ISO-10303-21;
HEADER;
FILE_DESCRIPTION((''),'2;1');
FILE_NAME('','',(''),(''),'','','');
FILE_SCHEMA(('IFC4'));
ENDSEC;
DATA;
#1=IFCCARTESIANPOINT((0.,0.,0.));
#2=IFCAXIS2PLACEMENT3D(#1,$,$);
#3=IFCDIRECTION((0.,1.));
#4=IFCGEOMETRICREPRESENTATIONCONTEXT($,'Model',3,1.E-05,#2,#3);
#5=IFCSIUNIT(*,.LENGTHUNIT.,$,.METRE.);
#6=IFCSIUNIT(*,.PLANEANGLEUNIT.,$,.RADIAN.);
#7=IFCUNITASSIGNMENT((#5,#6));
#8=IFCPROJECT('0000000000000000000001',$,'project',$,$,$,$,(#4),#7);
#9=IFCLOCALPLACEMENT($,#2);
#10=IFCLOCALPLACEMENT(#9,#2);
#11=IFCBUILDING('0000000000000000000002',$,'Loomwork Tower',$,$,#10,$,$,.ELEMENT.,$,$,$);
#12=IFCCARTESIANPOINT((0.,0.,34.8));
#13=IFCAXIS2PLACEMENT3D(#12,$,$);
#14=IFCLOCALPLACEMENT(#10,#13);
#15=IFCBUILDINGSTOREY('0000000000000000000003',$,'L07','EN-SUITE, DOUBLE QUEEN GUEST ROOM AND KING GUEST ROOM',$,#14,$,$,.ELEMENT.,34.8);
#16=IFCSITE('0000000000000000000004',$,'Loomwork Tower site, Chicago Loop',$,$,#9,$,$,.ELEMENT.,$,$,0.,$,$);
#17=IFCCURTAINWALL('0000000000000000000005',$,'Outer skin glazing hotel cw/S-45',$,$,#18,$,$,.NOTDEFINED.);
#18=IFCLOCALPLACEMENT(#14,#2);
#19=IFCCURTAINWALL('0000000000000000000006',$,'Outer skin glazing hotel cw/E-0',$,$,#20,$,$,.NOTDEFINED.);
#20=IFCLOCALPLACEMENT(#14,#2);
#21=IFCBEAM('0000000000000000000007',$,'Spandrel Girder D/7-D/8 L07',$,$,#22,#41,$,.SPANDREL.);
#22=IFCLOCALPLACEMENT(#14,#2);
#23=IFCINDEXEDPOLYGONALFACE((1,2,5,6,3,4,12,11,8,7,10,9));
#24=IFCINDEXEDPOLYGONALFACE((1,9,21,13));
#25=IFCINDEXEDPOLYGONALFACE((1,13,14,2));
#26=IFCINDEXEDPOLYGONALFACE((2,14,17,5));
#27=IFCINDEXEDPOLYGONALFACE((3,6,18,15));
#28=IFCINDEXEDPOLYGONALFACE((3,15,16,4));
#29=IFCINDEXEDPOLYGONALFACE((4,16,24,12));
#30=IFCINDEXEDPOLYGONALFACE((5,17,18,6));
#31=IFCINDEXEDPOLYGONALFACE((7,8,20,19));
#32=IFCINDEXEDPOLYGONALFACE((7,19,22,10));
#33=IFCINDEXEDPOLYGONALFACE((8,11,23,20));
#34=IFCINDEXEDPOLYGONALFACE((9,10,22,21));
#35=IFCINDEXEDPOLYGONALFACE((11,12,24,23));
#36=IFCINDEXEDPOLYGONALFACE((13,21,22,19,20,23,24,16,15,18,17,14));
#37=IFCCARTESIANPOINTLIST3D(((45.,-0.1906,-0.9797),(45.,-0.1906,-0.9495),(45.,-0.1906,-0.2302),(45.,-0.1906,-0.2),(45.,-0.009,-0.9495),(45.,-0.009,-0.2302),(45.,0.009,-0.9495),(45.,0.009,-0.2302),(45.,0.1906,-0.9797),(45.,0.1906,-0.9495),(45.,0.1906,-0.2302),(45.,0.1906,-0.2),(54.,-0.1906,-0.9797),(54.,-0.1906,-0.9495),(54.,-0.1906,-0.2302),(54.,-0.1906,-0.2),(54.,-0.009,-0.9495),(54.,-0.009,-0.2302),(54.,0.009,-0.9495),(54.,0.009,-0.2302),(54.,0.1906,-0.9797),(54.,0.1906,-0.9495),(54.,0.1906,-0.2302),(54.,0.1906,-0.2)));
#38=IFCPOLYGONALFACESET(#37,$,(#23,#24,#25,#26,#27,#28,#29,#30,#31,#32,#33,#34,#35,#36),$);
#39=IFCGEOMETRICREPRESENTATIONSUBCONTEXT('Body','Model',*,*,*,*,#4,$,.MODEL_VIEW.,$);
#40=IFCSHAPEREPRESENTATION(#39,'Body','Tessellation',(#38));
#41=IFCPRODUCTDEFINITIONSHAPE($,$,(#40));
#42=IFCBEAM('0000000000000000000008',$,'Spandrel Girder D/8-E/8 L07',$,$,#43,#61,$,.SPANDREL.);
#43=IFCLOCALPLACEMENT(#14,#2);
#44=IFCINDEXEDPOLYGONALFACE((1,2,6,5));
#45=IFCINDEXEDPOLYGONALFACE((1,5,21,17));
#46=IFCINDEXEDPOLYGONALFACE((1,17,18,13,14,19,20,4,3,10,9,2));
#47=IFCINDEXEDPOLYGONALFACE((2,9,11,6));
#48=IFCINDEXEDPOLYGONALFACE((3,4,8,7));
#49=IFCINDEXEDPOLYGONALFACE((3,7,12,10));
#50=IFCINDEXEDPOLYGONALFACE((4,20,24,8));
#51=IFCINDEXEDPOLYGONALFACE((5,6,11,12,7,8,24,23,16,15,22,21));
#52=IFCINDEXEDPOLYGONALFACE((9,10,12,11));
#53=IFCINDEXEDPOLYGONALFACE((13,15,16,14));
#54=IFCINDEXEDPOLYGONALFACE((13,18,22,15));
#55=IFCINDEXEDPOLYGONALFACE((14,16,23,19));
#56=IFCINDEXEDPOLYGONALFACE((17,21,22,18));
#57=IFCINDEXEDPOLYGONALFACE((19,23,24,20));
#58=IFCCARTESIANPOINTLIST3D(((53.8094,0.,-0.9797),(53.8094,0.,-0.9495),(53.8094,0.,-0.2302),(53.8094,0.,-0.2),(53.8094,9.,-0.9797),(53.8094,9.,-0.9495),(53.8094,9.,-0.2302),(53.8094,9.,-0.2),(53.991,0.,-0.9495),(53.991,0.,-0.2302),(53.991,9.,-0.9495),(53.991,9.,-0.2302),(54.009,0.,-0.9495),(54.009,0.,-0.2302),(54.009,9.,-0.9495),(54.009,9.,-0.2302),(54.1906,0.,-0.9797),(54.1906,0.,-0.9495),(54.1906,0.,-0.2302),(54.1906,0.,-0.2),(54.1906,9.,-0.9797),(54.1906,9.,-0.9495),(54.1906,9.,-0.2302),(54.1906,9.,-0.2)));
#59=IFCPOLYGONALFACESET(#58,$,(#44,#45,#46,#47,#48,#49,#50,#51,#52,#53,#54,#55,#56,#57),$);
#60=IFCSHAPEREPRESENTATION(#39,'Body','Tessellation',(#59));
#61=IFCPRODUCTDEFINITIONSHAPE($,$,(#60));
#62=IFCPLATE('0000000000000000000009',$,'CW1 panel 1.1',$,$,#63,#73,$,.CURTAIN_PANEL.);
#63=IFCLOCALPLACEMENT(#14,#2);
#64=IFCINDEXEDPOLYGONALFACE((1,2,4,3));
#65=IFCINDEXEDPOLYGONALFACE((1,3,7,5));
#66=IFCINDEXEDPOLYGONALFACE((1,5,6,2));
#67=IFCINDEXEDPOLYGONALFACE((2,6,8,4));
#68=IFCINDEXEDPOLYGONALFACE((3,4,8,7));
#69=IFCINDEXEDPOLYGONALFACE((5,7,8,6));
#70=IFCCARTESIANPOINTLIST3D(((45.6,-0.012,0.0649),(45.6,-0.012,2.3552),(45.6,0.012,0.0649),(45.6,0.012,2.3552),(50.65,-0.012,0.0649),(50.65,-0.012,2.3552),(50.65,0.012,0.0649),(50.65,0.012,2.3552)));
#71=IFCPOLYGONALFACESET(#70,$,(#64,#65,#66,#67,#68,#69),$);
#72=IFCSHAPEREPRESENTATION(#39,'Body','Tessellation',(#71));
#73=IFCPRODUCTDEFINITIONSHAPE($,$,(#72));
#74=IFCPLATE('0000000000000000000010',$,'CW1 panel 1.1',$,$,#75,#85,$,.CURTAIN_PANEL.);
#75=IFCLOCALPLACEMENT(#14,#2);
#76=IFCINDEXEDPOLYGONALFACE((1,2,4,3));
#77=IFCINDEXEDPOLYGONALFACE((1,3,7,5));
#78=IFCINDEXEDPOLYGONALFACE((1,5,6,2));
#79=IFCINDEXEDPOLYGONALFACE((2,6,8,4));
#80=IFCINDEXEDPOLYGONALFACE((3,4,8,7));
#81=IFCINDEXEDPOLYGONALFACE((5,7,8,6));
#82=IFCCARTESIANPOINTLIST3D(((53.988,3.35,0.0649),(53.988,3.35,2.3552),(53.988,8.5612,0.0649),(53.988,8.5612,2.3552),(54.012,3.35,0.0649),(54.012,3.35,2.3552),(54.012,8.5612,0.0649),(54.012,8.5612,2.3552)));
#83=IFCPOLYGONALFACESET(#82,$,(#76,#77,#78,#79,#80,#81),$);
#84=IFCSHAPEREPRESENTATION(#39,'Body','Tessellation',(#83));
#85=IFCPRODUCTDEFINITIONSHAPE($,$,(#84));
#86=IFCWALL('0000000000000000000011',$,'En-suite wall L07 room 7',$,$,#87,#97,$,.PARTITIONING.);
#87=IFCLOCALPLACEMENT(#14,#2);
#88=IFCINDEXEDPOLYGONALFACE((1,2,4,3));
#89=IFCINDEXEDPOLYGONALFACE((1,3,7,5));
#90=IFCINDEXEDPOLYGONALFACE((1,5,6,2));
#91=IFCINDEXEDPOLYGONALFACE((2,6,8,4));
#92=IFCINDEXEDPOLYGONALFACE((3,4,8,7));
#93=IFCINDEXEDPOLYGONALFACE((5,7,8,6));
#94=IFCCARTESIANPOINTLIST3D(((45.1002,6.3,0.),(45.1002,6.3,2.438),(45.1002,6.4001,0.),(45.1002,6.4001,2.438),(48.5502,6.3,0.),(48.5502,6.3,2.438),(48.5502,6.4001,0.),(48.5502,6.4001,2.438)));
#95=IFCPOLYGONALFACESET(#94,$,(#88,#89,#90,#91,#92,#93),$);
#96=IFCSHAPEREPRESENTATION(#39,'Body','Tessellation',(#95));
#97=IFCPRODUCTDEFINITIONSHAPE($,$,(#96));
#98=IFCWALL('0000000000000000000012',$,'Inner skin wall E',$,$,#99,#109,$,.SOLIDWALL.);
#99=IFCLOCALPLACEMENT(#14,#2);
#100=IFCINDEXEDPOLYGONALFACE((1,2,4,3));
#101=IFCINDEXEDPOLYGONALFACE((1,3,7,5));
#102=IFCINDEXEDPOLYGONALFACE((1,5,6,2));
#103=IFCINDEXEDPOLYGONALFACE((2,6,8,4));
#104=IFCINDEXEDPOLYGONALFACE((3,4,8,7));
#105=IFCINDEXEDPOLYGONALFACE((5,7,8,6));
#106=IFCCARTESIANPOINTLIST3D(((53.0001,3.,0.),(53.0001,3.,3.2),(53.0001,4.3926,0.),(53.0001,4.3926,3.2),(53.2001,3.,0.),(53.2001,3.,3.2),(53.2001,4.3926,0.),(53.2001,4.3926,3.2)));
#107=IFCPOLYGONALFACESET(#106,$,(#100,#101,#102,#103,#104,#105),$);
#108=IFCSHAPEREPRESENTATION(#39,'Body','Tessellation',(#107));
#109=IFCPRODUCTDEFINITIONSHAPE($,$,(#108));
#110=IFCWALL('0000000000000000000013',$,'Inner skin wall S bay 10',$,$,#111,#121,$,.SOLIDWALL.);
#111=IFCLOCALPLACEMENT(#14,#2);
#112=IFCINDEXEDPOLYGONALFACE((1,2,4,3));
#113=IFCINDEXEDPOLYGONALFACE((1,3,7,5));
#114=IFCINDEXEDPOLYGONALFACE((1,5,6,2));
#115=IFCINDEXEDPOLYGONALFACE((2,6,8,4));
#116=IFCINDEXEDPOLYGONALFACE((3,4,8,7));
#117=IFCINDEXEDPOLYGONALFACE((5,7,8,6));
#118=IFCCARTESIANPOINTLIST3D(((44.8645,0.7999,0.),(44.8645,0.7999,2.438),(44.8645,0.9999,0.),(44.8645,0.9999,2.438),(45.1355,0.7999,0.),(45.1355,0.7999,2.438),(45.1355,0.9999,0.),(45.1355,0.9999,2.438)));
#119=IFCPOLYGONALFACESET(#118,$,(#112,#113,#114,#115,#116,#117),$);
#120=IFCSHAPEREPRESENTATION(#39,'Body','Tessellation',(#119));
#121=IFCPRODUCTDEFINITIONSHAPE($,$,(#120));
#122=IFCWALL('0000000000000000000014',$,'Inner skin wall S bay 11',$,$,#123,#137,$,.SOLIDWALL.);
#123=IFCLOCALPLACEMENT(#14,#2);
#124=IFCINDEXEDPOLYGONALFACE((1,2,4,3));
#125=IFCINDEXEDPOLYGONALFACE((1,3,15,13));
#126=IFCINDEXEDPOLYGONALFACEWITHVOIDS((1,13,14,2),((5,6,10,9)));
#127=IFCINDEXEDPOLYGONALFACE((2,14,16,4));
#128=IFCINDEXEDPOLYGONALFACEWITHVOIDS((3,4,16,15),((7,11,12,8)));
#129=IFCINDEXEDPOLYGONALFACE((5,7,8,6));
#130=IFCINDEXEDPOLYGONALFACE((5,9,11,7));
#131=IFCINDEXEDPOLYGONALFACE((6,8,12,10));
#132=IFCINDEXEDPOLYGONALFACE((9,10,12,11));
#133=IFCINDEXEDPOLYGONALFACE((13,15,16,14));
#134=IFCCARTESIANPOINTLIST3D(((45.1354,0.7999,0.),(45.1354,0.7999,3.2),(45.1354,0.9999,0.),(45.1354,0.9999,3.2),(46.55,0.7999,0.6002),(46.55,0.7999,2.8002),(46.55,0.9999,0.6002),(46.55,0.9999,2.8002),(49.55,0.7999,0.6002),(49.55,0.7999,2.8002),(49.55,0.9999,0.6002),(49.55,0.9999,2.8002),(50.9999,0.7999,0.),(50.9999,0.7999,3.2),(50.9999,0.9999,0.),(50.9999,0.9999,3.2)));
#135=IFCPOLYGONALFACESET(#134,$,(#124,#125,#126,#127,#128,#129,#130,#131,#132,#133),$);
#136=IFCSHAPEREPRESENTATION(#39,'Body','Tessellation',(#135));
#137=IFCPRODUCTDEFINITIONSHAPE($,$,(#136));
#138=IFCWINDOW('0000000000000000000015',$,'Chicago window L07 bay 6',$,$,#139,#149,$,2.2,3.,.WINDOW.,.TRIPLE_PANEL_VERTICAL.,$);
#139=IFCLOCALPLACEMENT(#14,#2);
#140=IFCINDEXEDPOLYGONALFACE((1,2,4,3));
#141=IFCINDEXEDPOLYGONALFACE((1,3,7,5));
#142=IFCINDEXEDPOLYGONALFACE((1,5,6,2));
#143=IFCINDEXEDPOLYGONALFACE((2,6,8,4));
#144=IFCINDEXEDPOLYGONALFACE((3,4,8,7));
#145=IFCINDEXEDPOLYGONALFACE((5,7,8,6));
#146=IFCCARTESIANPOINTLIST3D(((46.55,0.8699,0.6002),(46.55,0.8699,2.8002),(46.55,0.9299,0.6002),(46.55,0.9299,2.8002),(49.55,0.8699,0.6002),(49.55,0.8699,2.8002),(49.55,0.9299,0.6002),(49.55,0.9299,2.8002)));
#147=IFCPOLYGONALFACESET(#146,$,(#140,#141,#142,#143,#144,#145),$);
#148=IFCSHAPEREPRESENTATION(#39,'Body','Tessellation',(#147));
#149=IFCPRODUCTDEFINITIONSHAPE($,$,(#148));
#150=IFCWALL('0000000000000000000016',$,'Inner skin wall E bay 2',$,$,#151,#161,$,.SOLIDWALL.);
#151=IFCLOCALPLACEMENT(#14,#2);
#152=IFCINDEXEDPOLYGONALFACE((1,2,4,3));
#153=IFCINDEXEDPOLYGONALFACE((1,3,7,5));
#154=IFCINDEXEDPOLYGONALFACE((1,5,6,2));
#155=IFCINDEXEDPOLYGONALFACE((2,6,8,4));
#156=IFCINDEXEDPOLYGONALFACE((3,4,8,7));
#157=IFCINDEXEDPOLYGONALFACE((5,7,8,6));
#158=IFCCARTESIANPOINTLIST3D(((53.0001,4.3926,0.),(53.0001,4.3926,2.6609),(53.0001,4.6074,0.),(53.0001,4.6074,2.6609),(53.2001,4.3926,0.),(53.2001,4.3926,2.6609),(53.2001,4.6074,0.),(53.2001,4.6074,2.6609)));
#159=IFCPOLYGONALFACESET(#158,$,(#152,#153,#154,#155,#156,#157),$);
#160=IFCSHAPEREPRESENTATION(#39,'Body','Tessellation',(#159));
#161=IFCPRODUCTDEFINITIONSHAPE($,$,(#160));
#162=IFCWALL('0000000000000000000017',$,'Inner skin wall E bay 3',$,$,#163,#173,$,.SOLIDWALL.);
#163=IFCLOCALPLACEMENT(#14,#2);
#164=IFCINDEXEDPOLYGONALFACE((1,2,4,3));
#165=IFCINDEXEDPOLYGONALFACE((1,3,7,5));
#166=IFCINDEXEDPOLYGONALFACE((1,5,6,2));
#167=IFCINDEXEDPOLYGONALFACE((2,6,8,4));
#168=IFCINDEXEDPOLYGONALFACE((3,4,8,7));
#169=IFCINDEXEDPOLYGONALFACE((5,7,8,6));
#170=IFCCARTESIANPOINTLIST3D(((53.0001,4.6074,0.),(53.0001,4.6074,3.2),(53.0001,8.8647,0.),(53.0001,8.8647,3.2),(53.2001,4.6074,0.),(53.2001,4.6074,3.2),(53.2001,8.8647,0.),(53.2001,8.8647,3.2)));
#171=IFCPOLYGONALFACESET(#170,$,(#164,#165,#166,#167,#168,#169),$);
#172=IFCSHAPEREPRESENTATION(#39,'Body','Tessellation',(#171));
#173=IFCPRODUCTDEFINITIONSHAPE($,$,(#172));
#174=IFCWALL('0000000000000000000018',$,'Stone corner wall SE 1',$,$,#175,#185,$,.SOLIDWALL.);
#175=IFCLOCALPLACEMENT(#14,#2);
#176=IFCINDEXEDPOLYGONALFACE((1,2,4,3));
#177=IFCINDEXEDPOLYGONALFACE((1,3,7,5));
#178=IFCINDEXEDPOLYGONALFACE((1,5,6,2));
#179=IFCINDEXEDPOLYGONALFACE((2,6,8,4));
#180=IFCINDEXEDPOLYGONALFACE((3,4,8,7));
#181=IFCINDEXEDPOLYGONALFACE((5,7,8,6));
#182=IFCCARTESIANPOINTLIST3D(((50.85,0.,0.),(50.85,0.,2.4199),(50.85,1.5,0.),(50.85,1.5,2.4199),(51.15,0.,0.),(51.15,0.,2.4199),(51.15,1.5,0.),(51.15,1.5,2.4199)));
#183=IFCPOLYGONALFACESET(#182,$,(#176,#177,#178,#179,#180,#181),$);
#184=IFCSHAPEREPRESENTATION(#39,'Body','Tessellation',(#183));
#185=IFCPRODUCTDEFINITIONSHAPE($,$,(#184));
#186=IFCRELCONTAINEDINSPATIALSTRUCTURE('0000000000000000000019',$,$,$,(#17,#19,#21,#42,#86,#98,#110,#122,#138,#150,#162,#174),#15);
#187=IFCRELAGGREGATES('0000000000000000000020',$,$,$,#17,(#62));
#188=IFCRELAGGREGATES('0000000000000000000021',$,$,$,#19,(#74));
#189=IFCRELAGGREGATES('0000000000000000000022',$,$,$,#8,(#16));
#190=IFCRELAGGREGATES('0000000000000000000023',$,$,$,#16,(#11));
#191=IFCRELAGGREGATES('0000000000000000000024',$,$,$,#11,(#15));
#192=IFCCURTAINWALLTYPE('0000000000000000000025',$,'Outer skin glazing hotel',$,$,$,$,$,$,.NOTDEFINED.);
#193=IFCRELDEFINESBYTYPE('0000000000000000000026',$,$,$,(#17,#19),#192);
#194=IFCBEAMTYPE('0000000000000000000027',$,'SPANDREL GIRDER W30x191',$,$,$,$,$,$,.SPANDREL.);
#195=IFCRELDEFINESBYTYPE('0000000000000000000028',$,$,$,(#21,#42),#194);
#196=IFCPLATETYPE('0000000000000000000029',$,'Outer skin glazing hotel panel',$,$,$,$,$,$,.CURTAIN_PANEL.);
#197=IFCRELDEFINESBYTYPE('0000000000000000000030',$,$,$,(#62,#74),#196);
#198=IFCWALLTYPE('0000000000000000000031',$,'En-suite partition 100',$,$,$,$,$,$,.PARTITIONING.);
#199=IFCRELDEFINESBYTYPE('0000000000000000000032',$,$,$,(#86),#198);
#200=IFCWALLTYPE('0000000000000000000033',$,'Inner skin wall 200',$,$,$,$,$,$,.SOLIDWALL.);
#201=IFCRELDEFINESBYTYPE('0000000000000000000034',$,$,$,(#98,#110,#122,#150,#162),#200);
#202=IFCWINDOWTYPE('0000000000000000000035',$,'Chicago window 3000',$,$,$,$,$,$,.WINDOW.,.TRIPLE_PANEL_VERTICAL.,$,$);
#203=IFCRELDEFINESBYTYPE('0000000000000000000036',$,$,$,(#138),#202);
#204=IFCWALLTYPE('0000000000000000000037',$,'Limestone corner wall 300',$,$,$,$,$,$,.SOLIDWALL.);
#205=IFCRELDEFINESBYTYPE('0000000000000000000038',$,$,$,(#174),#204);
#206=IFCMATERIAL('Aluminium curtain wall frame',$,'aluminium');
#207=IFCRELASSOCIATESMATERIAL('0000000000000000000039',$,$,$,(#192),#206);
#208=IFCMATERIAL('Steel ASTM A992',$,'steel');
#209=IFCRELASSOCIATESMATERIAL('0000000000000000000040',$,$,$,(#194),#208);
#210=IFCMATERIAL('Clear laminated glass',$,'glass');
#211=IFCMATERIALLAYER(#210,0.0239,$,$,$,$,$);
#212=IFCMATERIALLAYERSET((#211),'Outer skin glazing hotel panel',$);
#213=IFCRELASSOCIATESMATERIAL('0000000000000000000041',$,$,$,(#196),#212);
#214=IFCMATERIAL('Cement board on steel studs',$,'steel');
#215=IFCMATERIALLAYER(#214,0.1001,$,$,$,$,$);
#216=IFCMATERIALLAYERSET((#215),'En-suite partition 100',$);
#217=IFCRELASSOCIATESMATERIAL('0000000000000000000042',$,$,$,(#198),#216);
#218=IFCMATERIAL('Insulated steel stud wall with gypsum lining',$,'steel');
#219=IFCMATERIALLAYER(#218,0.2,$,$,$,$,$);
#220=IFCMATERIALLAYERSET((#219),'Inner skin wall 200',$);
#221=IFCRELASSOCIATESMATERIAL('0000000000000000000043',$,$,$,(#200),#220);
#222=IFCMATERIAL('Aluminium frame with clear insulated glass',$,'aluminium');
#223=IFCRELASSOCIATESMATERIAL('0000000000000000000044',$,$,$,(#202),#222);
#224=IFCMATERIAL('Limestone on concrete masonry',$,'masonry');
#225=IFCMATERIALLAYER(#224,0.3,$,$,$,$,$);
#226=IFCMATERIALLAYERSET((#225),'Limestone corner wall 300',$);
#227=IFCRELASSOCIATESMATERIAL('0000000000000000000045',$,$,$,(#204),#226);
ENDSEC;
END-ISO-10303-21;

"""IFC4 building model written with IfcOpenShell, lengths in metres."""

from ifc_helpers import new_model, si_unit, direction, frame, frame_2d, origin, origin_2d, place, context, subcontext, project, spatial, rectangle, i_section, extrude, material, layer, layer_set, material_profile, profile_set, type_object, element, fill, aggregate, save


model = new_model("IFC4")

# Units and contexts
model_context = context("Model", 3, precision=1e-05, world=origin(), true_north=direction((0.0, 1.0)))
body_context = subcontext(model_context, "Body", "Model", "MODEL_VIEW")
ifc_project = project(units=[si_unit("LENGTHUNIT", "METRE"), si_unit("PLANEANGLEUNIT", "RADIAN")], contexts=[model_context])

# Site, building, storey
site_placement = place(None, origin())
site = spatial("IfcSite", under=ifc_project, at=site_placement, Name="Loomwork Tower site, Chicago Loop", CompositionType="ELEMENT", RefElevation=0.0)
building_placement = place(site_placement, origin())
building = spatial("IfcBuilding", under=site, at=building_placement, Name="Loomwork Tower", CompositionType="ELEMENT")
storey_placement = place(building_placement, frame((0.0, 0.0, 34.8)))
storey = spatial("IfcBuildingStorey", under=building, at=storey_placement, Name="L07", Description="EN-SUITE, DOUBLE QUEEN GUEST ROOM AND KING GUEST ROOM", CompositionType="ELEMENT", Elevation=34.8)

# Shared definitions
ifc_material_1 = material(Name="Aluminium curtain wall frame", Category="aluminium")
curtain_wall_type = type_object("IfcCurtainWallType", Name="Outer skin glazing hotel", PredefinedType="NOTDEFINED", material=ifc_material_1)

# Curtain wall
curtain_wall_1_placement = place(storey_placement, origin())
curtain_wall_1 = element("IfcCurtainWall", 1, at=curtain_wall_1_placement, inside=storey, type_object=curtain_wall_type, Name="Outer skin glazing hotel cw/S-45", PredefinedType="NOTDEFINED")

# Curtain wall
curtain_wall_2_placement = place(storey_placement, origin())
curtain_wall_2 = element("IfcCurtainWall", 2, at=curtain_wall_2_placement, inside=storey, type_object=curtain_wall_type, Name="Outer skin glazing hotel cw/E-0", PredefinedType="NOTDEFINED")

# Beams
ifc_material_2 = material(Name="Steel ASTM A992", Category="steel")
ifc_material_profile_1 = material_profile(ifc_material_2, i_section(OverallWidth=0.3811, OverallDepth=0.7798, WebThickness=0.0181, FlangeThickness=0.0303, at=origin_2d()), Name="W30x191")
ifc_profile_set_1 = profile_set([ifc_material_profile_1], Name="Steel ASTM A992")
beam_type_1 = type_object("IfcBeamType", Name="SPANDREL GIRDER W30x191", PredefinedType="SPANDREL", material=ifc_profile_set_1)
for number, where, z_axis, x_axis, name in (
    (3, (45.0, 0.0, -0.5898), (1.0, 0.0, 0.0), (0.0, 1.0, 0.0), "Spandrel Girder D/7-D/8 L07"),
    (4, (54.0, 0.0, -0.5898), (0.0, 1.0, 0.0), (-1.0, 0.0, 0.0), "Spandrel Girder D/8-E/8 L07"),
):
    element("IfcBeam", number, at=place(storey_placement, frame(where, z_axis=z_axis, x_axis=x_axis)), inside=storey, type_object=beam_type_1, Name=name, PredefinedType="SPANDREL", context=body_context, shape_type="SweptSolid", body=[
        extrude(i_section(OverallWidth=0.3811, OverallDepth=0.7798, WebThickness=0.0181, FlangeThickness=0.0303, at=origin_2d()), origin(), (0.0, 0.0, 1.0), 9.0),
    ])

# Plates
ifc_material_3 = material(Name="Clear laminated glass", Category="glass")
ifc_layer_1 = layer(ifc_material_3, 0.0239)
ifc_layer_set_1 = layer_set([ifc_layer_1], Name="Outer skin glazing hotel panel")
plate_type = type_object("IfcPlateType", Name="Outer skin glazing hotel panel", PredefinedType="CURTAIN_PANEL", material=ifc_layer_set_1)
plate_1_placement = place(storey_placement, frame((48.125, 0.0, 0.0649), z_axis=(0.0, 0.0, 1.0), x_axis=(1.0, 0.0, 0.0)))
plate_1 = element("IfcPlate", 5, at=plate_1_placement, type_object=plate_type, Name="CW1 panel 1.1", PredefinedType="CURTAIN_PANEL", context=body_context, shape_type="SweptSolid", body=[
    extrude(rectangle(XDim=5.05, YDim=0.0239, at=origin_2d()), origin(), (0.0, 0.0, 1.0), 2.2903),
])
aggregate(curtain_wall_1, [plate_1])
plate_2_placement = place(storey_placement, frame((54.0, 5.9556, 0.0649), z_axis=(0.0, 0.0, 1.0), x_axis=(0.0, 1.0, 0.0)))
plate_2 = element("IfcPlate", 6, at=plate_2_placement, type_object=plate_type, Name="CW1 panel 1.1", PredefinedType="CURTAIN_PANEL", context=body_context, shape_type="SweptSolid", body=[
    extrude(rectangle(XDim=5.2112, YDim=0.0239, at=origin_2d()), origin(), (0.0, 0.0, 1.0), 2.2903),
])
aggregate(curtain_wall_2, [plate_2])

# Walls
ifc_material_4 = material(Name="Cement board on steel studs", Category="steel")
ifc_layer_2 = layer(ifc_material_4, 0.1001)
ifc_layer_set_2 = layer_set([ifc_layer_2], Name="En-suite partition 100")
wall_type_1 = type_object("IfcWallType", Name="En-suite partition 100", PredefinedType="PARTITIONING", material=ifc_layer_set_2)
wall_1_placement = place(storey_placement, frame((45.1001, 6.3501, 0.0), z_axis=(0.0, 0.0, 1.0), x_axis=(1.0, 0.0, 0.0)))
element("IfcWall", 7, at=wall_1_placement, inside=storey, type_object=wall_type_1, Name="En-suite wall L07 room 7", PredefinedType="PARTITIONING", context=body_context, shape_type="SweptSolid", body=[
    extrude(rectangle(XDim=3.45, YDim=0.1001, at=frame_2d((1.7251, 0.0))), origin(), (0.0, 0.0, 1.0), 2.438),
])
ifc_material_5 = material(Name="Insulated steel stud wall with gypsum lining", Category="steel")
ifc_layer_3 = layer(ifc_material_5, 0.2)
ifc_layer_set_3 = layer_set([ifc_layer_3], Name="Inner skin wall 200")
wall_type_2 = type_object("IfcWallType", Name="Inner skin wall 200", PredefinedType="SOLIDWALL", material=ifc_layer_set_3)
wall_2_placement = place(storey_placement, frame((53.1001, 3.0, 0.0), z_axis=(0.0, 0.0, 1.0), x_axis=(0.0, 1.0, 0.0)))
element("IfcWall", 8, at=wall_2_placement, inside=storey, type_object=wall_type_2, Name="Inner skin wall E", PredefinedType="SOLIDWALL", context=body_context, shape_type="SweptSolid", body=[
    extrude(rectangle(XDim=1.3926, YDim=0.2, at=frame_2d((0.6963, 0.0))), origin(), (0.0, 0.0, 1.0), 3.2),
])
wall_3_placement = place(storey_placement, frame((44.8645, 0.8999, 0.0), z_axis=(0.0, 0.0, 1.0), x_axis=(1.0, 0.0, 0.0)))
element("IfcWall", 9, at=wall_3_placement, inside=storey, type_object=wall_type_2, Name="Inner skin wall S bay 10", PredefinedType="SOLIDWALL", context=body_context, shape_type="SweptSolid", body=[
    extrude(rectangle(XDim=0.271, YDim=0.2, at=frame_2d((0.1355, 0.0))), origin(), (0.0, 0.0, 1.0), 2.438),
])

# Wall, opening, window
wall_4_placement = place(storey_placement, frame((45.1355, 0.8999, 0.0), z_axis=(0.0, 0.0, 1.0), x_axis=(1.0, 0.0, 0.0)))
wall_4 = element("IfcWall", 10, at=wall_4_placement, inside=storey, type_object=wall_type_2, Name="Inner skin wall S bay 11", PredefinedType="SOLIDWALL", context=body_context, shape_type="SweptSolid", body=[
    extrude(rectangle(XDim=5.8645, YDim=0.2, at=frame_2d((2.9321, 0.0))), origin(), (0.0, 0.0, 1.0), 3.2),
])
opening_1_placement = place(wall_4_placement, frame((1.4146, 0.0, 0.6001)))
opening_1 = element("IfcOpeningElement", 11, at=opening_1_placement, cuts=wall_4, PredefinedType="OPENING", context=body_context, shape_type="SweptSolid", body=[
    extrude(rectangle(XDim=3.0, YDim=2.2, at=frame_2d((1.5, 1.1001))), frame((0.0, 0.1099, 0.0), z_axis=(0.0, -1.0, 0.0), x_axis=(1.0, 0.0, 0.0)), (0.0, 0.0, 1.0), 0.22),
])
ifc_material_6 = material(Name="Aluminium frame with clear insulated glass", Category="aluminium")
window_type_1 = type_object("IfcWindowType", Name="Chicago window 3000", PartitioningType="TRIPLE_PANEL_VERTICAL", PredefinedType="WINDOW", material=ifc_material_6)
window_1_placement = place(opening_1_placement, origin())
window_1 = element("IfcWindow", 12, at=window_1_placement, inside=storey, type_object=window_type_1, Name="Chicago window L07 bay 6", OverallHeight=2.2, OverallWidth=3.0, PartitioningType="TRIPLE_PANEL_VERTICAL", PredefinedType="WINDOW", context=body_context, shape_type="SweptSolid", body=[
    extrude(rectangle(XDim=3.0, YDim=2.2, at=frame_2d((1.5, 1.1001))), frame((0.0, 0.03, 0.0), z_axis=(0.0, -1.0, 0.0), x_axis=(1.0, 0.0, 0.0)), (0.0, 0.0, 1.0), 0.0601),
])
fill(opening_1, window_1)

# Walls
wall_5_placement = place(storey_placement, frame((53.1001, 4.3926, 0.0), z_axis=(0.0, 0.0, 1.0), x_axis=(0.0, 1.0, 0.0)))
element("IfcWall", 13, at=wall_5_placement, inside=storey, type_object=wall_type_2, Name="Inner skin wall E bay 2", PredefinedType="SOLIDWALL", context=body_context, shape_type="SweptSolid", body=[
    extrude(rectangle(XDim=0.2148, YDim=0.2, at=frame_2d((0.1074, 0.0))), origin(), (0.0, 0.0, 1.0), 2.6609),
])
wall_6_placement = place(storey_placement, frame((53.1001, 4.6074, 0.0), z_axis=(0.0, 0.0, 1.0), x_axis=(0.0, 1.0, 0.0)))
element("IfcWall", 14, at=wall_6_placement, inside=storey, type_object=wall_type_2, Name="Inner skin wall E bay 3", PredefinedType="SOLIDWALL", context=body_context, shape_type="SweptSolid", body=[
    extrude(rectangle(XDim=4.2573, YDim=0.2, at=frame_2d((2.1287, 0.0))), origin(), (0.0, 0.0, 1.0), 3.2),
])
ifc_material_7 = material(Name="Limestone on concrete masonry", Category="masonry")
ifc_layer_4 = layer(ifc_material_7, 0.3)
ifc_layer_set_4 = layer_set([ifc_layer_4], Name="Limestone corner wall 300")
wall_type_3 = type_object("IfcWallType", Name="Limestone corner wall 300", PredefinedType="SOLIDWALL", material=ifc_layer_set_4)
wall_7_placement = place(storey_placement, frame((51.0, 0.0, 0.0), z_axis=(0.0, 0.0, 1.0), x_axis=(0.0, 1.0, 0.0)))
element("IfcWall", 15, at=wall_7_placement, inside=storey, type_object=wall_type_3, Name="Stone corner wall SE 1", PredefinedType="SOLIDWALL", context=body_context, shape_type="SweptSolid", body=[
    extrude(rectangle(XDim=1.5, YDim=0.3, at=frame_2d((0.75, 0.0))), origin(), (0.0, 0.0, 1.0), 2.4199),
])

save(model, "model.ifc")
